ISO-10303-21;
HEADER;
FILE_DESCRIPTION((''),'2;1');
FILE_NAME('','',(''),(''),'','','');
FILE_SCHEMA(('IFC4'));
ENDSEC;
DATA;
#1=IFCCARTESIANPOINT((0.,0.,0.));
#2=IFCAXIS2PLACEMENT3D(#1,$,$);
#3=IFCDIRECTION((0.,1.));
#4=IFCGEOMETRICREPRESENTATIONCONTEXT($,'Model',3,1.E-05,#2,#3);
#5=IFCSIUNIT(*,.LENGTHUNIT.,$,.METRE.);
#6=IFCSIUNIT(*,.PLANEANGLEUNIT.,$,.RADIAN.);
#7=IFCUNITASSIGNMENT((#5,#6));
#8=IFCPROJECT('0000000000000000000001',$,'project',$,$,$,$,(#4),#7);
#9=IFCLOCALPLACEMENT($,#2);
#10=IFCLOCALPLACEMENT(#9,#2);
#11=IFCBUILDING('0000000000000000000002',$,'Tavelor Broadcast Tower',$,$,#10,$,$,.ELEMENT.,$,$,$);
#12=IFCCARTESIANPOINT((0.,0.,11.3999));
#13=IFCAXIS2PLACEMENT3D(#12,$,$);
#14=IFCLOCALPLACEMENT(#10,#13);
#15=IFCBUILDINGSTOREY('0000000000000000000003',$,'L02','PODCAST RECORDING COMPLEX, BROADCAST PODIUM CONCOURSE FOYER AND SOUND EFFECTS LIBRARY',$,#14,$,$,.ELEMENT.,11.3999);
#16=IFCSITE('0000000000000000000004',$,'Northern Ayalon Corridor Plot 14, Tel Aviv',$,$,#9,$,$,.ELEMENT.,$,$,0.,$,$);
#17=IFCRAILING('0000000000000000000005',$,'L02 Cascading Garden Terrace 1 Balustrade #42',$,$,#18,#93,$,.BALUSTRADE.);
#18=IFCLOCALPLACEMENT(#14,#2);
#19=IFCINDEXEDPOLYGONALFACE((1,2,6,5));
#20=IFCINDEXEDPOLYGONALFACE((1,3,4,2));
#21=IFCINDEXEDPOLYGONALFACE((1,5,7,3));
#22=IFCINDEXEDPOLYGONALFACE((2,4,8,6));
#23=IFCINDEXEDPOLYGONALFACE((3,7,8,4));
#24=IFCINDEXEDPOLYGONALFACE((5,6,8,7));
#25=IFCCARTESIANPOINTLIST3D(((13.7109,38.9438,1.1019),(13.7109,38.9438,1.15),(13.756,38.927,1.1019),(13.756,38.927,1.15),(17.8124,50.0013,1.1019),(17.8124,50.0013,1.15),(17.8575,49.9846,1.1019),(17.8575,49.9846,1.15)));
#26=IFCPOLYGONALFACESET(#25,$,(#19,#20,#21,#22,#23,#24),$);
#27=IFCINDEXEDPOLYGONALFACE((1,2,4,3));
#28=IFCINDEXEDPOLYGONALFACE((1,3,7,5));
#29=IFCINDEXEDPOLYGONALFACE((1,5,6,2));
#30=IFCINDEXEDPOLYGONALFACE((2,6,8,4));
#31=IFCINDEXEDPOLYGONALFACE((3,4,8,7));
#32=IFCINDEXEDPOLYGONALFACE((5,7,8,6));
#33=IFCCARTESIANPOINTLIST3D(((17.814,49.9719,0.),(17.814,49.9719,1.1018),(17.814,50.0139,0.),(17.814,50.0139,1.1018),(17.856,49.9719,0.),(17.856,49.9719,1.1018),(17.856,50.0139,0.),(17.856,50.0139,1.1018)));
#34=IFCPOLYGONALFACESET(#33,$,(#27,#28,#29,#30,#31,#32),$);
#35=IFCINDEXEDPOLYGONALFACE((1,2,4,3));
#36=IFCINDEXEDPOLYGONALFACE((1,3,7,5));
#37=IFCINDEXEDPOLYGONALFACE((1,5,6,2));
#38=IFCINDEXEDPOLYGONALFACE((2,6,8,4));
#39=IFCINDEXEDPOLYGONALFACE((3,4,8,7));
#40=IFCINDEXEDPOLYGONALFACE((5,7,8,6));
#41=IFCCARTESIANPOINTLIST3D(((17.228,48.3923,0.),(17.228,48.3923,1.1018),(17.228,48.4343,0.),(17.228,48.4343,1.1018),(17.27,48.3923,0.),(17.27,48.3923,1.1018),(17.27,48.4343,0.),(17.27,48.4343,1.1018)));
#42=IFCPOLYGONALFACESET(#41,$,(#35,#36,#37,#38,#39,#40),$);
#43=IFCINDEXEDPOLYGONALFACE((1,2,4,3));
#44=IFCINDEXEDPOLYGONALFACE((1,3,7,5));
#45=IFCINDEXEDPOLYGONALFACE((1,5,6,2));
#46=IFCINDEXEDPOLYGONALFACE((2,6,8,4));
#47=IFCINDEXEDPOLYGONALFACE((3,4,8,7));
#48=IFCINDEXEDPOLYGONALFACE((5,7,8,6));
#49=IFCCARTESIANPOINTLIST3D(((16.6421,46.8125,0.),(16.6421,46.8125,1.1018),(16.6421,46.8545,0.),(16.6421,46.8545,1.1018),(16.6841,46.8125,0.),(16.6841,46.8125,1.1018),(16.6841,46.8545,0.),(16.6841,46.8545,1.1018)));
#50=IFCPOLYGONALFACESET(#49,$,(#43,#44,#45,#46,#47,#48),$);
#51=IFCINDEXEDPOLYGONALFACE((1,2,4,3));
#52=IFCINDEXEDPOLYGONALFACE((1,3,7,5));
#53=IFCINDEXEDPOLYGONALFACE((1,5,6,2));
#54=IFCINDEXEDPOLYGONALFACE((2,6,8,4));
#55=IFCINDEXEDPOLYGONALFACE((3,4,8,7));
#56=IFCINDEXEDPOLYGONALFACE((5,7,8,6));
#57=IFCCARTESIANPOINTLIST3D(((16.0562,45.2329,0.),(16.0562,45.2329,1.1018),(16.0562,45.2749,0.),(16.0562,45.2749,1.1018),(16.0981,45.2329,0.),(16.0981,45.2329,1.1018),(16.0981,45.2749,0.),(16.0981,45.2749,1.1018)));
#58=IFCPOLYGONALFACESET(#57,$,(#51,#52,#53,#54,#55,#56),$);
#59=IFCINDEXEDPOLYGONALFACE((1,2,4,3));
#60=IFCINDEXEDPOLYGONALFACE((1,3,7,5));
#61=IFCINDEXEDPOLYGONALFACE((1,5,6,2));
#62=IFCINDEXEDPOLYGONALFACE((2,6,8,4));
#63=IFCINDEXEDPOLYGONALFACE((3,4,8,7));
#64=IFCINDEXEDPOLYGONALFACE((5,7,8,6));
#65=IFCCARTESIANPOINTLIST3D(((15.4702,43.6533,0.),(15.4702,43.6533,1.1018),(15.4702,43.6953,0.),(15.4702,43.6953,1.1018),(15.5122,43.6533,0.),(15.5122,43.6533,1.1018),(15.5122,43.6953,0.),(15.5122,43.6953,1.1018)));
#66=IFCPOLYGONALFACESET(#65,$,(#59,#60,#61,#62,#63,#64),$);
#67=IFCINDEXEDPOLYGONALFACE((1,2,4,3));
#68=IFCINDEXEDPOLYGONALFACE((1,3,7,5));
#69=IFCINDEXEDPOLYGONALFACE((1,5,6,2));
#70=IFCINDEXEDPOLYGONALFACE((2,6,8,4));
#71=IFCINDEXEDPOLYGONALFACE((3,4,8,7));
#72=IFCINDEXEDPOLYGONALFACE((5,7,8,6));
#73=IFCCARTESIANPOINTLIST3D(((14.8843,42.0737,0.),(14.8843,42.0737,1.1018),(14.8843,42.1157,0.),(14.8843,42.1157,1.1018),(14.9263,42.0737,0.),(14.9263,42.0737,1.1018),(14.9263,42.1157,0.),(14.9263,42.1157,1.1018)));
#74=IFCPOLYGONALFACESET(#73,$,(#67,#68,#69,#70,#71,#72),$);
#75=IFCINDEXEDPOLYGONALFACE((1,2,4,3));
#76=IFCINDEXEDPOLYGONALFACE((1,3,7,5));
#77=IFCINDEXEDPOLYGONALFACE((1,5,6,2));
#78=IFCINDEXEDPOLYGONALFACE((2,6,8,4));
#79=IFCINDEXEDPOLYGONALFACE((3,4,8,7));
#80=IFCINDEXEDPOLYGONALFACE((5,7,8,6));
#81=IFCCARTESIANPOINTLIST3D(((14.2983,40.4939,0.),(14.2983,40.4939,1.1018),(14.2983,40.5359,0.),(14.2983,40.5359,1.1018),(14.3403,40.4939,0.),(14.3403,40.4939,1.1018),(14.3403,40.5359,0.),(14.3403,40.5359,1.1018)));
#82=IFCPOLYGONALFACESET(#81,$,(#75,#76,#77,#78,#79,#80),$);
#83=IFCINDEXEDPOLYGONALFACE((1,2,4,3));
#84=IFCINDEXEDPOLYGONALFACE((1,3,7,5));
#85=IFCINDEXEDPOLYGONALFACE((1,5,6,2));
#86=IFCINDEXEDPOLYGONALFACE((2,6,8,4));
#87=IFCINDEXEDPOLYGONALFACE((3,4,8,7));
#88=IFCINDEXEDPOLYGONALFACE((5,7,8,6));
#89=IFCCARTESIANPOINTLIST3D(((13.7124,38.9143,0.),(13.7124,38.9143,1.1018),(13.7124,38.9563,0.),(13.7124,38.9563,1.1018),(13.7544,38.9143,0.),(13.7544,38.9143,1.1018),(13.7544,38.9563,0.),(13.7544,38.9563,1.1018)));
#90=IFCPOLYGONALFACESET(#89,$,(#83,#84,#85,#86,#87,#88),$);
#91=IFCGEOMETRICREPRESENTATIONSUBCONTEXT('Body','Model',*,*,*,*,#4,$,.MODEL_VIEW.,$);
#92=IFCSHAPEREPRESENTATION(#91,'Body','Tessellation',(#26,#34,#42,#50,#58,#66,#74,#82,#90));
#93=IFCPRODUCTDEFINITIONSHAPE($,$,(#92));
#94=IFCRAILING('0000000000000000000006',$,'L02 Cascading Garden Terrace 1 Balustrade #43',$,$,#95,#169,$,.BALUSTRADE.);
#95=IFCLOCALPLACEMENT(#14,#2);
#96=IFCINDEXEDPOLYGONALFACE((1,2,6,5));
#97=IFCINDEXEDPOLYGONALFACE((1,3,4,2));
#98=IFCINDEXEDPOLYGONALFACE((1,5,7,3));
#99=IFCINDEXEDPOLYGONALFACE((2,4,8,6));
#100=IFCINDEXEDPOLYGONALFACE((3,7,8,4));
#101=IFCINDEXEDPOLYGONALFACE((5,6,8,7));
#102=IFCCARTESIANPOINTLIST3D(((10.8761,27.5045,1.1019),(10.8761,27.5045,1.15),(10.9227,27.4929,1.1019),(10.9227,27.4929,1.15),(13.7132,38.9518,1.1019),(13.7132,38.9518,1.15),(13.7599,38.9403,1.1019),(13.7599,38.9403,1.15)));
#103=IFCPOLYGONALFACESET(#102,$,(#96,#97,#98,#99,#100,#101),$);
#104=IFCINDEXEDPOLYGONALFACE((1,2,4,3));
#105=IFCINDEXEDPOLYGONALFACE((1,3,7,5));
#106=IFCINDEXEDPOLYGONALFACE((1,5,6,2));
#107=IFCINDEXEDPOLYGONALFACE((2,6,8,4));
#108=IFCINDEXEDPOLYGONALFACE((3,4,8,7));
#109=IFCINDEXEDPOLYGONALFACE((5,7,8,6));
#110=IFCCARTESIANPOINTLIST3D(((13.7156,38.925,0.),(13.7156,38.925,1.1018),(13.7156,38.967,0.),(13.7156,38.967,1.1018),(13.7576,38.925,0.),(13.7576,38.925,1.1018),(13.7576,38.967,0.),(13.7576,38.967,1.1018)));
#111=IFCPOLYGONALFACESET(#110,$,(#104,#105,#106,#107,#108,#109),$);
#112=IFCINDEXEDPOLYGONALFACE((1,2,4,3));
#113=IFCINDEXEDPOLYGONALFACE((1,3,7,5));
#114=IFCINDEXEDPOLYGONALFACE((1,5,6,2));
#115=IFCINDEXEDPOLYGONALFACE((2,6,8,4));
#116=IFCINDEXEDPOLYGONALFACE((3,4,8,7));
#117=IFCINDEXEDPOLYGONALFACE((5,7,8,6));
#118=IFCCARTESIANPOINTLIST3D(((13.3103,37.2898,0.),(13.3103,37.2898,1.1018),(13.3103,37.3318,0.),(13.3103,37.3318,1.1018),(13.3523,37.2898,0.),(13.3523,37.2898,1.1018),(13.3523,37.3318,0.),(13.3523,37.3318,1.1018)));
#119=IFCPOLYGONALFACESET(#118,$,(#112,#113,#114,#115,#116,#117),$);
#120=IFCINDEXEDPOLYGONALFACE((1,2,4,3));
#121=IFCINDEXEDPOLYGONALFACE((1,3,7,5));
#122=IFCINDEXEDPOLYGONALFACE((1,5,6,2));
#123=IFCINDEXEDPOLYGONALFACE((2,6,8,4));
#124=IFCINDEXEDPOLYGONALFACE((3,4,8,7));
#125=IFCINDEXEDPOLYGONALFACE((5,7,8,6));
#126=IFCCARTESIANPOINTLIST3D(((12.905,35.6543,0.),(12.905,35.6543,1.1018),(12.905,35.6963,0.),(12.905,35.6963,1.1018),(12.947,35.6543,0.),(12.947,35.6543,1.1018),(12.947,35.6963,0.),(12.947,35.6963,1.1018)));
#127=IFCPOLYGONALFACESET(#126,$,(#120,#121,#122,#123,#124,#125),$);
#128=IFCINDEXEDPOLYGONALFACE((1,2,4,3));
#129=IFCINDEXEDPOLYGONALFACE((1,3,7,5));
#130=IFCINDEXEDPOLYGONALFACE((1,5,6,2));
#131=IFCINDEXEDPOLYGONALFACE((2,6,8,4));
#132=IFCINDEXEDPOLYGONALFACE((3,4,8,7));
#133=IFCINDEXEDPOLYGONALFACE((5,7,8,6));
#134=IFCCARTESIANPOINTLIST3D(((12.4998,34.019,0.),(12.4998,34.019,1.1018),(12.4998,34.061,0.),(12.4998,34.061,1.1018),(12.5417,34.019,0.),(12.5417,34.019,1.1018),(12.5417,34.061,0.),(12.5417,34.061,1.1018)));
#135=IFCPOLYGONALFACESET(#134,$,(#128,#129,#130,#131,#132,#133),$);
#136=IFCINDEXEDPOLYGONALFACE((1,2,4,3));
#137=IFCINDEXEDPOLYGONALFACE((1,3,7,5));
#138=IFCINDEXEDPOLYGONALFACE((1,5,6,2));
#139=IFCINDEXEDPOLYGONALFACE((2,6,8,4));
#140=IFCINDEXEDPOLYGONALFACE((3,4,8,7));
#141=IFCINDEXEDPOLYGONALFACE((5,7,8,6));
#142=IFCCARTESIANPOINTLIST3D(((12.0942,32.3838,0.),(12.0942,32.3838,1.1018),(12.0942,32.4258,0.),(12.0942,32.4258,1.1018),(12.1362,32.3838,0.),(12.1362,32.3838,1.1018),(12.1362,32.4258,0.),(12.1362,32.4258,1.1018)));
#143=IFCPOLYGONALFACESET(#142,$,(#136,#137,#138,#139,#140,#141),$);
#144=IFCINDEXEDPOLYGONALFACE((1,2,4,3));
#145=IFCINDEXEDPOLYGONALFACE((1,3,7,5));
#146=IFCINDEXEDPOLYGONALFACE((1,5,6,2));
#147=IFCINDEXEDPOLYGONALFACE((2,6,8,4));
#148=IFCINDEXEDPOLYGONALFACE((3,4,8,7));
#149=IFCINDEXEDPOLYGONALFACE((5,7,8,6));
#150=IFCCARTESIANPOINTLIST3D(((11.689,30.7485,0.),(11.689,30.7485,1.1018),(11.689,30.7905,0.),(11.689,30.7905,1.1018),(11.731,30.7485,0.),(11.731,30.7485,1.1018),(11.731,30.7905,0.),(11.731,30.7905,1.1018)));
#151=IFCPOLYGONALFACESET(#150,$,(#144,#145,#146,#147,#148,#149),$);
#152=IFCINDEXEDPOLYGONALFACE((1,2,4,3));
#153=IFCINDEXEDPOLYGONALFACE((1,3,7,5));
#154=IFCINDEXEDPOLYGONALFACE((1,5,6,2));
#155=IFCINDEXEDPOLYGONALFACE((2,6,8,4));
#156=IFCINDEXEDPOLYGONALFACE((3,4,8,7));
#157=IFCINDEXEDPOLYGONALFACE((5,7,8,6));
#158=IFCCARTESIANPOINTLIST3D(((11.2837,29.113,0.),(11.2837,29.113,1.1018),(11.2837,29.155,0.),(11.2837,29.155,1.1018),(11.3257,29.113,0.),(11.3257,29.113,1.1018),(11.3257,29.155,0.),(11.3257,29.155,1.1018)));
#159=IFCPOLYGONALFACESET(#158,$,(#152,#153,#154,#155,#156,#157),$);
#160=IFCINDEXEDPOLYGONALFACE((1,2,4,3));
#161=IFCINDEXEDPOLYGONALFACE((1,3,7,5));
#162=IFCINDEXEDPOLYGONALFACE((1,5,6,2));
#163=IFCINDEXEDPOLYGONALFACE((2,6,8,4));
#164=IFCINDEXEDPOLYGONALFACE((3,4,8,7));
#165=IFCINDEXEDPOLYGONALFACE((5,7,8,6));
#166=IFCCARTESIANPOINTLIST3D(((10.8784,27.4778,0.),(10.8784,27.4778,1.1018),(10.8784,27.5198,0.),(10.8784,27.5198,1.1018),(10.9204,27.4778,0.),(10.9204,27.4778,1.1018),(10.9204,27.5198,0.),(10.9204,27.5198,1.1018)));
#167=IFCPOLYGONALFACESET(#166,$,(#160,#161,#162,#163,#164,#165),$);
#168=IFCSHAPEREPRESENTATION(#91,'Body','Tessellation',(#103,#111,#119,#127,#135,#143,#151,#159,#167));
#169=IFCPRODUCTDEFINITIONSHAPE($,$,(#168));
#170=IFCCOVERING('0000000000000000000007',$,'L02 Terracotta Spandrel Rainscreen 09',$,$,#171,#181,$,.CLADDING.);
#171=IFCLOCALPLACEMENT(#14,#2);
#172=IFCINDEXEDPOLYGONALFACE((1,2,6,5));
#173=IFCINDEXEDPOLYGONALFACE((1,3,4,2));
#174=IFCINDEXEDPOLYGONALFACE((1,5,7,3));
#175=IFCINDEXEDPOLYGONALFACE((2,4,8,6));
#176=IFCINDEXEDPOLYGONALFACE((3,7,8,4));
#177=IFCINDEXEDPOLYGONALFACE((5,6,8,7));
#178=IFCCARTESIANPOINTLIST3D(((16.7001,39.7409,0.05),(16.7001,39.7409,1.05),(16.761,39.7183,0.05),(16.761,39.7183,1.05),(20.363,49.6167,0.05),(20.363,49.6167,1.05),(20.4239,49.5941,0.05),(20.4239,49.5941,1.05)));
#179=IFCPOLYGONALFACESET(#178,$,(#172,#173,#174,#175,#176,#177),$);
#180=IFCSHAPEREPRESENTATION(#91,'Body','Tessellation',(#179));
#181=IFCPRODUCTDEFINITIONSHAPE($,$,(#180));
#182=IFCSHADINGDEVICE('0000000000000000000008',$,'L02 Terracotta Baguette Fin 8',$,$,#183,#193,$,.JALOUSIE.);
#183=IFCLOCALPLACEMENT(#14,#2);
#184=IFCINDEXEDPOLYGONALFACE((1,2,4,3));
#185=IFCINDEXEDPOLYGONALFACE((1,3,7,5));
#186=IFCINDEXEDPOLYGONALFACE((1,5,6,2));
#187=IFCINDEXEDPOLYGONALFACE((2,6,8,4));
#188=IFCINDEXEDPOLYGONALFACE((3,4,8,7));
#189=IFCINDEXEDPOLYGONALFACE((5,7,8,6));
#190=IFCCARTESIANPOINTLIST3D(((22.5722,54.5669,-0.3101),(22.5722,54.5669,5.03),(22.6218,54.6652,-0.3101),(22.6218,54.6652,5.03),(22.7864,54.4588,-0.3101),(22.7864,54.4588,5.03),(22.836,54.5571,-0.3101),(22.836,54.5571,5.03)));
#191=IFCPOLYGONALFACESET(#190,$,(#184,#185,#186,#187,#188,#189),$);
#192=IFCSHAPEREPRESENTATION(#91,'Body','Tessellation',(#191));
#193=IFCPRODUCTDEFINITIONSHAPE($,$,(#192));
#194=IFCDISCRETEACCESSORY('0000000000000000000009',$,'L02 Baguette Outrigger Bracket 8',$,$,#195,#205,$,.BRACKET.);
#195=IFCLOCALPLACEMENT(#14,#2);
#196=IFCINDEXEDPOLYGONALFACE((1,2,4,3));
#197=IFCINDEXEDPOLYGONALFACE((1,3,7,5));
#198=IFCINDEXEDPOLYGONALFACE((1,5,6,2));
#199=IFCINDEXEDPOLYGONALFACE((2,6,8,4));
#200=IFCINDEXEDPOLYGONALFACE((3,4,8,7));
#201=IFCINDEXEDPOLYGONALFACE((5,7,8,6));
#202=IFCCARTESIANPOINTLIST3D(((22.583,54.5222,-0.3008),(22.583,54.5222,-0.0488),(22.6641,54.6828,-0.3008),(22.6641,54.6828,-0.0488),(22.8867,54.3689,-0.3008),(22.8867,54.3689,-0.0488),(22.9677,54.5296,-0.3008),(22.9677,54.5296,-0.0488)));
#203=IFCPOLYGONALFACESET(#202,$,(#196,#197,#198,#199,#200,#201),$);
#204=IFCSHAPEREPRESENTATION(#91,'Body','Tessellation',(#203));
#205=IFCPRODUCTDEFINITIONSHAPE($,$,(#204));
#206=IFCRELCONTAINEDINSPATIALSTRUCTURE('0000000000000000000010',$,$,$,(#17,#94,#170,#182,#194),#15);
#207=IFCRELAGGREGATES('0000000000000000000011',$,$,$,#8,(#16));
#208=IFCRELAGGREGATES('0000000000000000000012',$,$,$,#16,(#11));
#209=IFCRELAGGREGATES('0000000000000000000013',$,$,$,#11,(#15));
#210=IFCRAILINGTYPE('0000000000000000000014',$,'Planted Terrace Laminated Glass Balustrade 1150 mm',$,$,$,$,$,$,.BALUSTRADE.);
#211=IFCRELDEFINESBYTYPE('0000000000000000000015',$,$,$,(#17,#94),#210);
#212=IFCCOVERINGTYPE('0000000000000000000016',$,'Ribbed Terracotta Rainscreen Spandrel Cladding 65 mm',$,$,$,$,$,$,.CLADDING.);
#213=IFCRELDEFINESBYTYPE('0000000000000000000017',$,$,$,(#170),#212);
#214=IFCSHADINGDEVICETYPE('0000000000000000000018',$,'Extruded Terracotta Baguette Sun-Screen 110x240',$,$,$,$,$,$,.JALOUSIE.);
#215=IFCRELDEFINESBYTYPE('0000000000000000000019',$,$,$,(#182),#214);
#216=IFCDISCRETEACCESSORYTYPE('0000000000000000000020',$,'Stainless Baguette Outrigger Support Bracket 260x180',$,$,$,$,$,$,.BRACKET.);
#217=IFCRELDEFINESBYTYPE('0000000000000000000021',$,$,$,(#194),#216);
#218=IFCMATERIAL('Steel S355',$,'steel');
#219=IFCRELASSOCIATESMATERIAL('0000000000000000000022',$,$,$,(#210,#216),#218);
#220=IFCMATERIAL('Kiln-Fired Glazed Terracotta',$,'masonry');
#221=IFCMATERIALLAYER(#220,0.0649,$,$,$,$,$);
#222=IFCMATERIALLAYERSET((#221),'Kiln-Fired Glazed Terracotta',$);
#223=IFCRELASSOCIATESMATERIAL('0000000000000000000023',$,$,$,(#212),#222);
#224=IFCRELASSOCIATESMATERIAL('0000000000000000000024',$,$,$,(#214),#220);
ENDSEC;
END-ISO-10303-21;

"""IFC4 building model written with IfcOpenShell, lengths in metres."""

from ifc_helpers import new_model, si_unit, direction, frame, origin, origin_2d, place, context, subcontext, project, spatial, rectangle, extrude, source, transform, mapped, material, layer, layer_set, type_object, type_shapes, element, save


model = new_model("IFC4")

# Units and contexts
model_context = context("Model", 3, precision=1e-05, world=origin(), true_north=direction((0.0, 1.0)))
body_context = subcontext(model_context, "Body", "Model", "MODEL_VIEW")
ifc_project = project(units=[si_unit("LENGTHUNIT", "METRE"), si_unit("PLANEANGLEUNIT", "RADIAN")], contexts=[model_context])

# Site, building, storey
site_placement = place(None, origin())
site = spatial("IfcSite", under=ifc_project, at=site_placement, Name="Northern Ayalon Corridor Plot 14, Tel Aviv", CompositionType="ELEMENT", RefElevation=0.0)
building_placement = place(site_placement, origin())
building = spatial("IfcBuilding", under=site, at=building_placement, Name="Tavelor Broadcast Tower", CompositionType="ELEMENT")
storey_placement = place(building_placement, frame((0.0, 0.0, 11.3999)))
storey = spatial("IfcBuildingStorey", under=building, at=storey_placement, Name="L02", Description="PODCAST RECORDING COMPLEX, BROADCAST PODIUM CONCOURSE FOYER AND SOUND EFFECTS LIBRARY", CompositionType="ELEMENT", Elevation=11.3999)

# Railings
ifc_material_1 = material(Name="Steel S355", Category="steel")
railing_type = type_object("IfcRailingType", Name="Planted Terrace Laminated Glass Balustrade 1150 mm", PredefinedType="BALUSTRADE", material=ifc_material_1)
railing_1_placement = place(storey_placement, frame((17.835, 49.9929, 0.0)))
element("IfcRailing", 1, at=railing_1_placement, inside=storey, type_object=railing_type, Name="L02 Cascading Garden Terrace 1 Balustrade #42", PredefinedType="BALUSTRADE", context=body_context, shape_type="SweptSolid", body=[
    extrude(rectangle(XDim=0.0481, YDim=0.0481, at=origin_2d()), frame((0.0, 0.0, 1.126), z_axis=(-0.347773, -0.937579, 0.0), x_axis=(0.937579, -0.347773, 0.0)), (0.0, 0.0, 1.0), 11.7937),
    extrude(rectangle(XDim=0.042, YDim=0.042, at=origin_2d()), origin(), (0.0, 0.0, 1.0), 1.1018),
    extrude(rectangle(XDim=0.042, YDim=0.042, at=origin_2d()), frame((-0.5859, -1.5796, 0.0)), (0.0, 0.0, 1.0), 1.1018),
    extrude(rectangle(XDim=0.042, YDim=0.042, at=origin_2d()), frame((-1.1719, -3.1594, 0.0)), (0.0, 0.0, 1.0), 1.1018),
    extrude(rectangle(XDim=0.042, YDim=0.042, at=origin_2d()), frame((-1.7578, -4.739, 0.0)), (0.0, 0.0, 1.0), 1.1018),
    extrude(rectangle(XDim=0.042, YDim=0.042, at=origin_2d()), frame((-2.3438, -6.3186, 0.0)), (0.0, 0.0, 1.0), 1.1018),
    extrude(rectangle(XDim=0.042, YDim=0.042, at=origin_2d()), frame((-2.9297, -7.8982, 0.0)), (0.0, 0.0, 1.0), 1.1018),
    extrude(rectangle(XDim=0.042, YDim=0.042, at=origin_2d()), frame((-3.5156, -9.478, 0.0)), (0.0, 0.0, 1.0), 1.1018),
    extrude(rectangle(XDim=0.042, YDim=0.042, at=origin_2d()), frame((-4.1016, -11.0576, 0.0)), (0.0, 0.0, 1.0), 1.1018),
])
railing_2_placement = place(storey_placement, frame((13.7366, 38.946, 0.0)))
element("IfcRailing", 2, at=railing_2_placement, inside=storey, type_object=railing_type, Name="L02 Cascading Garden Terrace 1 Balustrade #43", PredefinedType="BALUSTRADE", context=body_context, shape_type="SweptSolid", body=[
    extrude(rectangle(XDim=0.0481, YDim=0.0481, at=origin_2d()), frame((0.0, 0.0, 1.126), z_axis=(-0.240567, -0.970632, 0.0), x_axis=(0.970632, -0.240567, 0.0)), (0.0, 0.0, 1.0), 11.7937),
    extrude(rectangle(XDim=0.042, YDim=0.042, at=origin_2d()), origin(), (0.0, 0.0, 1.0), 1.1018),
    extrude(rectangle(XDim=0.042, YDim=0.042, at=origin_2d()), frame((-0.4053, -1.6353, 0.0)), (0.0, 0.0, 1.0), 1.1018),
    extrude(rectangle(XDim=0.042, YDim=0.042, at=origin_2d()), frame((-0.8105, -3.2708, 0.0)), (0.0, 0.0, 1.0), 1.1018),
    extrude(rectangle(XDim=0.042, YDim=0.042, at=origin_2d()), frame((-1.2158, -4.906, 0.0)), (0.0, 0.0, 1.0), 1.1018),
    extrude(rectangle(XDim=0.042, YDim=0.042, at=origin_2d()), frame((-1.6213, -6.5413, 0.0)), (0.0, 0.0, 1.0), 1.1018),
    extrude(rectangle(XDim=0.042, YDim=0.042, at=origin_2d()), frame((-2.0266, -8.1765, 0.0)), (0.0, 0.0, 1.0), 1.1018),
    extrude(rectangle(XDim=0.042, YDim=0.042, at=origin_2d()), frame((-2.4319, -9.812, 0.0)), (0.0, 0.0, 1.0), 1.1018),
    extrude(rectangle(XDim=0.042, YDim=0.042, at=origin_2d()), frame((-2.8372, -11.4473, 0.0)), (0.0, 0.0, 1.0), 1.1018),
])

# Covering
ifc_material_2 = material(Name="Kiln-Fired Glazed Terracotta", Category="masonry")
ifc_layer_1 = layer(ifc_material_2, 0.0649)
ifc_layer_set_1 = layer_set([ifc_layer_1], Name="Kiln-Fired Glazed Terracotta")
covering_type = type_object("IfcCoveringType", Name="Ribbed Terracotta Rainscreen Spandrel Cladding 65 mm", PredefinedType="CLADDING", material=ifc_layer_set_1)
covering_placement = place(storey_placement, frame((18.562, 44.6675, 0.05), z_axis=(0.0, 0.0, 1.0), x_axis=(-0.347754, -0.937586, 0.0)))
element("IfcCovering", 3, at=covering_placement, inside=storey, type_object=covering_type, Name="L02 Terracotta Spandrel Rainscreen 09", PredefinedType="CLADDING", context=body_context, shape_type="SweptSolid", body=[
    extrude(rectangle(XDim=10.5332, YDim=0.0649, at=origin_2d()), origin(), (0.0, 0.0, 1.0), 1.0),
])

# Shading device
shading_device_type = type_object("IfcShadingDeviceType", Name="Extruded Terracotta Baguette Sun-Screen 110x240", PredefinedType="JALOUSIE", material=ifc_material_2)
shared_shape_1 = source(origin(), body_context, "Body", "SweptSolid", [
    extrude(rectangle(XDim=0.1101, YDim=0.24, at=origin_2d()), origin(), (0.0, 0.0, 1.0), 5.3401),
])
type_shapes(shading_device_type, [shared_shape_1])
shading_device_placement = place(storey_placement, frame((22.7041, 54.562, -0.3101), z_axis=(0.0, 0.0, 1.0), x_axis=(-0.450566, -0.892743, 0.0)))
element("IfcShadingDevice", 4, at=shading_device_placement, inside=storey, type_object=shading_device_type, Name="L02 Terracotta Baguette Fin 8", PredefinedType="JALOUSIE", context=body_context, shape_type="MappedRepresentation", body=[
    mapped(shared_shape_1, transform((0.0, 0.0, 0.0), scale=1.0)),
])

# Discrete accessory
discrete_accessory_type = type_object("IfcDiscreteAccessoryType", Name="Stainless Baguette Outrigger Support Bracket 260x180", PredefinedType="BRACKET", material=ifc_material_1)
shared_shape_2 = source(origin(), body_context, "Body", "SweptSolid", [
    extrude(rectangle(XDim=0.1799, YDim=0.3401, at=origin_2d()), origin(), (0.0, 0.0, 1.0), 0.252),
])
type_shapes(discrete_accessory_type, [shared_shape_2])
discrete_accessory_placement = place(storey_placement, frame((22.7754, 54.5259, -0.3008), z_axis=(0.0, 0.0, 1.0), x_axis=(-0.450566, -0.892743, 0.0)))
element("IfcDiscreteAccessory", 5, at=discrete_accessory_placement, inside=storey, type_object=discrete_accessory_type, Name="L02 Baguette Outrigger Bracket 8", PredefinedType="BRACKET", context=body_context, shape_type="MappedRepresentation", body=[
    mapped(shared_shape_2, transform((0.0, 0.0, 0.0), scale=1.0)),
])

save(model, "model.ifc")
